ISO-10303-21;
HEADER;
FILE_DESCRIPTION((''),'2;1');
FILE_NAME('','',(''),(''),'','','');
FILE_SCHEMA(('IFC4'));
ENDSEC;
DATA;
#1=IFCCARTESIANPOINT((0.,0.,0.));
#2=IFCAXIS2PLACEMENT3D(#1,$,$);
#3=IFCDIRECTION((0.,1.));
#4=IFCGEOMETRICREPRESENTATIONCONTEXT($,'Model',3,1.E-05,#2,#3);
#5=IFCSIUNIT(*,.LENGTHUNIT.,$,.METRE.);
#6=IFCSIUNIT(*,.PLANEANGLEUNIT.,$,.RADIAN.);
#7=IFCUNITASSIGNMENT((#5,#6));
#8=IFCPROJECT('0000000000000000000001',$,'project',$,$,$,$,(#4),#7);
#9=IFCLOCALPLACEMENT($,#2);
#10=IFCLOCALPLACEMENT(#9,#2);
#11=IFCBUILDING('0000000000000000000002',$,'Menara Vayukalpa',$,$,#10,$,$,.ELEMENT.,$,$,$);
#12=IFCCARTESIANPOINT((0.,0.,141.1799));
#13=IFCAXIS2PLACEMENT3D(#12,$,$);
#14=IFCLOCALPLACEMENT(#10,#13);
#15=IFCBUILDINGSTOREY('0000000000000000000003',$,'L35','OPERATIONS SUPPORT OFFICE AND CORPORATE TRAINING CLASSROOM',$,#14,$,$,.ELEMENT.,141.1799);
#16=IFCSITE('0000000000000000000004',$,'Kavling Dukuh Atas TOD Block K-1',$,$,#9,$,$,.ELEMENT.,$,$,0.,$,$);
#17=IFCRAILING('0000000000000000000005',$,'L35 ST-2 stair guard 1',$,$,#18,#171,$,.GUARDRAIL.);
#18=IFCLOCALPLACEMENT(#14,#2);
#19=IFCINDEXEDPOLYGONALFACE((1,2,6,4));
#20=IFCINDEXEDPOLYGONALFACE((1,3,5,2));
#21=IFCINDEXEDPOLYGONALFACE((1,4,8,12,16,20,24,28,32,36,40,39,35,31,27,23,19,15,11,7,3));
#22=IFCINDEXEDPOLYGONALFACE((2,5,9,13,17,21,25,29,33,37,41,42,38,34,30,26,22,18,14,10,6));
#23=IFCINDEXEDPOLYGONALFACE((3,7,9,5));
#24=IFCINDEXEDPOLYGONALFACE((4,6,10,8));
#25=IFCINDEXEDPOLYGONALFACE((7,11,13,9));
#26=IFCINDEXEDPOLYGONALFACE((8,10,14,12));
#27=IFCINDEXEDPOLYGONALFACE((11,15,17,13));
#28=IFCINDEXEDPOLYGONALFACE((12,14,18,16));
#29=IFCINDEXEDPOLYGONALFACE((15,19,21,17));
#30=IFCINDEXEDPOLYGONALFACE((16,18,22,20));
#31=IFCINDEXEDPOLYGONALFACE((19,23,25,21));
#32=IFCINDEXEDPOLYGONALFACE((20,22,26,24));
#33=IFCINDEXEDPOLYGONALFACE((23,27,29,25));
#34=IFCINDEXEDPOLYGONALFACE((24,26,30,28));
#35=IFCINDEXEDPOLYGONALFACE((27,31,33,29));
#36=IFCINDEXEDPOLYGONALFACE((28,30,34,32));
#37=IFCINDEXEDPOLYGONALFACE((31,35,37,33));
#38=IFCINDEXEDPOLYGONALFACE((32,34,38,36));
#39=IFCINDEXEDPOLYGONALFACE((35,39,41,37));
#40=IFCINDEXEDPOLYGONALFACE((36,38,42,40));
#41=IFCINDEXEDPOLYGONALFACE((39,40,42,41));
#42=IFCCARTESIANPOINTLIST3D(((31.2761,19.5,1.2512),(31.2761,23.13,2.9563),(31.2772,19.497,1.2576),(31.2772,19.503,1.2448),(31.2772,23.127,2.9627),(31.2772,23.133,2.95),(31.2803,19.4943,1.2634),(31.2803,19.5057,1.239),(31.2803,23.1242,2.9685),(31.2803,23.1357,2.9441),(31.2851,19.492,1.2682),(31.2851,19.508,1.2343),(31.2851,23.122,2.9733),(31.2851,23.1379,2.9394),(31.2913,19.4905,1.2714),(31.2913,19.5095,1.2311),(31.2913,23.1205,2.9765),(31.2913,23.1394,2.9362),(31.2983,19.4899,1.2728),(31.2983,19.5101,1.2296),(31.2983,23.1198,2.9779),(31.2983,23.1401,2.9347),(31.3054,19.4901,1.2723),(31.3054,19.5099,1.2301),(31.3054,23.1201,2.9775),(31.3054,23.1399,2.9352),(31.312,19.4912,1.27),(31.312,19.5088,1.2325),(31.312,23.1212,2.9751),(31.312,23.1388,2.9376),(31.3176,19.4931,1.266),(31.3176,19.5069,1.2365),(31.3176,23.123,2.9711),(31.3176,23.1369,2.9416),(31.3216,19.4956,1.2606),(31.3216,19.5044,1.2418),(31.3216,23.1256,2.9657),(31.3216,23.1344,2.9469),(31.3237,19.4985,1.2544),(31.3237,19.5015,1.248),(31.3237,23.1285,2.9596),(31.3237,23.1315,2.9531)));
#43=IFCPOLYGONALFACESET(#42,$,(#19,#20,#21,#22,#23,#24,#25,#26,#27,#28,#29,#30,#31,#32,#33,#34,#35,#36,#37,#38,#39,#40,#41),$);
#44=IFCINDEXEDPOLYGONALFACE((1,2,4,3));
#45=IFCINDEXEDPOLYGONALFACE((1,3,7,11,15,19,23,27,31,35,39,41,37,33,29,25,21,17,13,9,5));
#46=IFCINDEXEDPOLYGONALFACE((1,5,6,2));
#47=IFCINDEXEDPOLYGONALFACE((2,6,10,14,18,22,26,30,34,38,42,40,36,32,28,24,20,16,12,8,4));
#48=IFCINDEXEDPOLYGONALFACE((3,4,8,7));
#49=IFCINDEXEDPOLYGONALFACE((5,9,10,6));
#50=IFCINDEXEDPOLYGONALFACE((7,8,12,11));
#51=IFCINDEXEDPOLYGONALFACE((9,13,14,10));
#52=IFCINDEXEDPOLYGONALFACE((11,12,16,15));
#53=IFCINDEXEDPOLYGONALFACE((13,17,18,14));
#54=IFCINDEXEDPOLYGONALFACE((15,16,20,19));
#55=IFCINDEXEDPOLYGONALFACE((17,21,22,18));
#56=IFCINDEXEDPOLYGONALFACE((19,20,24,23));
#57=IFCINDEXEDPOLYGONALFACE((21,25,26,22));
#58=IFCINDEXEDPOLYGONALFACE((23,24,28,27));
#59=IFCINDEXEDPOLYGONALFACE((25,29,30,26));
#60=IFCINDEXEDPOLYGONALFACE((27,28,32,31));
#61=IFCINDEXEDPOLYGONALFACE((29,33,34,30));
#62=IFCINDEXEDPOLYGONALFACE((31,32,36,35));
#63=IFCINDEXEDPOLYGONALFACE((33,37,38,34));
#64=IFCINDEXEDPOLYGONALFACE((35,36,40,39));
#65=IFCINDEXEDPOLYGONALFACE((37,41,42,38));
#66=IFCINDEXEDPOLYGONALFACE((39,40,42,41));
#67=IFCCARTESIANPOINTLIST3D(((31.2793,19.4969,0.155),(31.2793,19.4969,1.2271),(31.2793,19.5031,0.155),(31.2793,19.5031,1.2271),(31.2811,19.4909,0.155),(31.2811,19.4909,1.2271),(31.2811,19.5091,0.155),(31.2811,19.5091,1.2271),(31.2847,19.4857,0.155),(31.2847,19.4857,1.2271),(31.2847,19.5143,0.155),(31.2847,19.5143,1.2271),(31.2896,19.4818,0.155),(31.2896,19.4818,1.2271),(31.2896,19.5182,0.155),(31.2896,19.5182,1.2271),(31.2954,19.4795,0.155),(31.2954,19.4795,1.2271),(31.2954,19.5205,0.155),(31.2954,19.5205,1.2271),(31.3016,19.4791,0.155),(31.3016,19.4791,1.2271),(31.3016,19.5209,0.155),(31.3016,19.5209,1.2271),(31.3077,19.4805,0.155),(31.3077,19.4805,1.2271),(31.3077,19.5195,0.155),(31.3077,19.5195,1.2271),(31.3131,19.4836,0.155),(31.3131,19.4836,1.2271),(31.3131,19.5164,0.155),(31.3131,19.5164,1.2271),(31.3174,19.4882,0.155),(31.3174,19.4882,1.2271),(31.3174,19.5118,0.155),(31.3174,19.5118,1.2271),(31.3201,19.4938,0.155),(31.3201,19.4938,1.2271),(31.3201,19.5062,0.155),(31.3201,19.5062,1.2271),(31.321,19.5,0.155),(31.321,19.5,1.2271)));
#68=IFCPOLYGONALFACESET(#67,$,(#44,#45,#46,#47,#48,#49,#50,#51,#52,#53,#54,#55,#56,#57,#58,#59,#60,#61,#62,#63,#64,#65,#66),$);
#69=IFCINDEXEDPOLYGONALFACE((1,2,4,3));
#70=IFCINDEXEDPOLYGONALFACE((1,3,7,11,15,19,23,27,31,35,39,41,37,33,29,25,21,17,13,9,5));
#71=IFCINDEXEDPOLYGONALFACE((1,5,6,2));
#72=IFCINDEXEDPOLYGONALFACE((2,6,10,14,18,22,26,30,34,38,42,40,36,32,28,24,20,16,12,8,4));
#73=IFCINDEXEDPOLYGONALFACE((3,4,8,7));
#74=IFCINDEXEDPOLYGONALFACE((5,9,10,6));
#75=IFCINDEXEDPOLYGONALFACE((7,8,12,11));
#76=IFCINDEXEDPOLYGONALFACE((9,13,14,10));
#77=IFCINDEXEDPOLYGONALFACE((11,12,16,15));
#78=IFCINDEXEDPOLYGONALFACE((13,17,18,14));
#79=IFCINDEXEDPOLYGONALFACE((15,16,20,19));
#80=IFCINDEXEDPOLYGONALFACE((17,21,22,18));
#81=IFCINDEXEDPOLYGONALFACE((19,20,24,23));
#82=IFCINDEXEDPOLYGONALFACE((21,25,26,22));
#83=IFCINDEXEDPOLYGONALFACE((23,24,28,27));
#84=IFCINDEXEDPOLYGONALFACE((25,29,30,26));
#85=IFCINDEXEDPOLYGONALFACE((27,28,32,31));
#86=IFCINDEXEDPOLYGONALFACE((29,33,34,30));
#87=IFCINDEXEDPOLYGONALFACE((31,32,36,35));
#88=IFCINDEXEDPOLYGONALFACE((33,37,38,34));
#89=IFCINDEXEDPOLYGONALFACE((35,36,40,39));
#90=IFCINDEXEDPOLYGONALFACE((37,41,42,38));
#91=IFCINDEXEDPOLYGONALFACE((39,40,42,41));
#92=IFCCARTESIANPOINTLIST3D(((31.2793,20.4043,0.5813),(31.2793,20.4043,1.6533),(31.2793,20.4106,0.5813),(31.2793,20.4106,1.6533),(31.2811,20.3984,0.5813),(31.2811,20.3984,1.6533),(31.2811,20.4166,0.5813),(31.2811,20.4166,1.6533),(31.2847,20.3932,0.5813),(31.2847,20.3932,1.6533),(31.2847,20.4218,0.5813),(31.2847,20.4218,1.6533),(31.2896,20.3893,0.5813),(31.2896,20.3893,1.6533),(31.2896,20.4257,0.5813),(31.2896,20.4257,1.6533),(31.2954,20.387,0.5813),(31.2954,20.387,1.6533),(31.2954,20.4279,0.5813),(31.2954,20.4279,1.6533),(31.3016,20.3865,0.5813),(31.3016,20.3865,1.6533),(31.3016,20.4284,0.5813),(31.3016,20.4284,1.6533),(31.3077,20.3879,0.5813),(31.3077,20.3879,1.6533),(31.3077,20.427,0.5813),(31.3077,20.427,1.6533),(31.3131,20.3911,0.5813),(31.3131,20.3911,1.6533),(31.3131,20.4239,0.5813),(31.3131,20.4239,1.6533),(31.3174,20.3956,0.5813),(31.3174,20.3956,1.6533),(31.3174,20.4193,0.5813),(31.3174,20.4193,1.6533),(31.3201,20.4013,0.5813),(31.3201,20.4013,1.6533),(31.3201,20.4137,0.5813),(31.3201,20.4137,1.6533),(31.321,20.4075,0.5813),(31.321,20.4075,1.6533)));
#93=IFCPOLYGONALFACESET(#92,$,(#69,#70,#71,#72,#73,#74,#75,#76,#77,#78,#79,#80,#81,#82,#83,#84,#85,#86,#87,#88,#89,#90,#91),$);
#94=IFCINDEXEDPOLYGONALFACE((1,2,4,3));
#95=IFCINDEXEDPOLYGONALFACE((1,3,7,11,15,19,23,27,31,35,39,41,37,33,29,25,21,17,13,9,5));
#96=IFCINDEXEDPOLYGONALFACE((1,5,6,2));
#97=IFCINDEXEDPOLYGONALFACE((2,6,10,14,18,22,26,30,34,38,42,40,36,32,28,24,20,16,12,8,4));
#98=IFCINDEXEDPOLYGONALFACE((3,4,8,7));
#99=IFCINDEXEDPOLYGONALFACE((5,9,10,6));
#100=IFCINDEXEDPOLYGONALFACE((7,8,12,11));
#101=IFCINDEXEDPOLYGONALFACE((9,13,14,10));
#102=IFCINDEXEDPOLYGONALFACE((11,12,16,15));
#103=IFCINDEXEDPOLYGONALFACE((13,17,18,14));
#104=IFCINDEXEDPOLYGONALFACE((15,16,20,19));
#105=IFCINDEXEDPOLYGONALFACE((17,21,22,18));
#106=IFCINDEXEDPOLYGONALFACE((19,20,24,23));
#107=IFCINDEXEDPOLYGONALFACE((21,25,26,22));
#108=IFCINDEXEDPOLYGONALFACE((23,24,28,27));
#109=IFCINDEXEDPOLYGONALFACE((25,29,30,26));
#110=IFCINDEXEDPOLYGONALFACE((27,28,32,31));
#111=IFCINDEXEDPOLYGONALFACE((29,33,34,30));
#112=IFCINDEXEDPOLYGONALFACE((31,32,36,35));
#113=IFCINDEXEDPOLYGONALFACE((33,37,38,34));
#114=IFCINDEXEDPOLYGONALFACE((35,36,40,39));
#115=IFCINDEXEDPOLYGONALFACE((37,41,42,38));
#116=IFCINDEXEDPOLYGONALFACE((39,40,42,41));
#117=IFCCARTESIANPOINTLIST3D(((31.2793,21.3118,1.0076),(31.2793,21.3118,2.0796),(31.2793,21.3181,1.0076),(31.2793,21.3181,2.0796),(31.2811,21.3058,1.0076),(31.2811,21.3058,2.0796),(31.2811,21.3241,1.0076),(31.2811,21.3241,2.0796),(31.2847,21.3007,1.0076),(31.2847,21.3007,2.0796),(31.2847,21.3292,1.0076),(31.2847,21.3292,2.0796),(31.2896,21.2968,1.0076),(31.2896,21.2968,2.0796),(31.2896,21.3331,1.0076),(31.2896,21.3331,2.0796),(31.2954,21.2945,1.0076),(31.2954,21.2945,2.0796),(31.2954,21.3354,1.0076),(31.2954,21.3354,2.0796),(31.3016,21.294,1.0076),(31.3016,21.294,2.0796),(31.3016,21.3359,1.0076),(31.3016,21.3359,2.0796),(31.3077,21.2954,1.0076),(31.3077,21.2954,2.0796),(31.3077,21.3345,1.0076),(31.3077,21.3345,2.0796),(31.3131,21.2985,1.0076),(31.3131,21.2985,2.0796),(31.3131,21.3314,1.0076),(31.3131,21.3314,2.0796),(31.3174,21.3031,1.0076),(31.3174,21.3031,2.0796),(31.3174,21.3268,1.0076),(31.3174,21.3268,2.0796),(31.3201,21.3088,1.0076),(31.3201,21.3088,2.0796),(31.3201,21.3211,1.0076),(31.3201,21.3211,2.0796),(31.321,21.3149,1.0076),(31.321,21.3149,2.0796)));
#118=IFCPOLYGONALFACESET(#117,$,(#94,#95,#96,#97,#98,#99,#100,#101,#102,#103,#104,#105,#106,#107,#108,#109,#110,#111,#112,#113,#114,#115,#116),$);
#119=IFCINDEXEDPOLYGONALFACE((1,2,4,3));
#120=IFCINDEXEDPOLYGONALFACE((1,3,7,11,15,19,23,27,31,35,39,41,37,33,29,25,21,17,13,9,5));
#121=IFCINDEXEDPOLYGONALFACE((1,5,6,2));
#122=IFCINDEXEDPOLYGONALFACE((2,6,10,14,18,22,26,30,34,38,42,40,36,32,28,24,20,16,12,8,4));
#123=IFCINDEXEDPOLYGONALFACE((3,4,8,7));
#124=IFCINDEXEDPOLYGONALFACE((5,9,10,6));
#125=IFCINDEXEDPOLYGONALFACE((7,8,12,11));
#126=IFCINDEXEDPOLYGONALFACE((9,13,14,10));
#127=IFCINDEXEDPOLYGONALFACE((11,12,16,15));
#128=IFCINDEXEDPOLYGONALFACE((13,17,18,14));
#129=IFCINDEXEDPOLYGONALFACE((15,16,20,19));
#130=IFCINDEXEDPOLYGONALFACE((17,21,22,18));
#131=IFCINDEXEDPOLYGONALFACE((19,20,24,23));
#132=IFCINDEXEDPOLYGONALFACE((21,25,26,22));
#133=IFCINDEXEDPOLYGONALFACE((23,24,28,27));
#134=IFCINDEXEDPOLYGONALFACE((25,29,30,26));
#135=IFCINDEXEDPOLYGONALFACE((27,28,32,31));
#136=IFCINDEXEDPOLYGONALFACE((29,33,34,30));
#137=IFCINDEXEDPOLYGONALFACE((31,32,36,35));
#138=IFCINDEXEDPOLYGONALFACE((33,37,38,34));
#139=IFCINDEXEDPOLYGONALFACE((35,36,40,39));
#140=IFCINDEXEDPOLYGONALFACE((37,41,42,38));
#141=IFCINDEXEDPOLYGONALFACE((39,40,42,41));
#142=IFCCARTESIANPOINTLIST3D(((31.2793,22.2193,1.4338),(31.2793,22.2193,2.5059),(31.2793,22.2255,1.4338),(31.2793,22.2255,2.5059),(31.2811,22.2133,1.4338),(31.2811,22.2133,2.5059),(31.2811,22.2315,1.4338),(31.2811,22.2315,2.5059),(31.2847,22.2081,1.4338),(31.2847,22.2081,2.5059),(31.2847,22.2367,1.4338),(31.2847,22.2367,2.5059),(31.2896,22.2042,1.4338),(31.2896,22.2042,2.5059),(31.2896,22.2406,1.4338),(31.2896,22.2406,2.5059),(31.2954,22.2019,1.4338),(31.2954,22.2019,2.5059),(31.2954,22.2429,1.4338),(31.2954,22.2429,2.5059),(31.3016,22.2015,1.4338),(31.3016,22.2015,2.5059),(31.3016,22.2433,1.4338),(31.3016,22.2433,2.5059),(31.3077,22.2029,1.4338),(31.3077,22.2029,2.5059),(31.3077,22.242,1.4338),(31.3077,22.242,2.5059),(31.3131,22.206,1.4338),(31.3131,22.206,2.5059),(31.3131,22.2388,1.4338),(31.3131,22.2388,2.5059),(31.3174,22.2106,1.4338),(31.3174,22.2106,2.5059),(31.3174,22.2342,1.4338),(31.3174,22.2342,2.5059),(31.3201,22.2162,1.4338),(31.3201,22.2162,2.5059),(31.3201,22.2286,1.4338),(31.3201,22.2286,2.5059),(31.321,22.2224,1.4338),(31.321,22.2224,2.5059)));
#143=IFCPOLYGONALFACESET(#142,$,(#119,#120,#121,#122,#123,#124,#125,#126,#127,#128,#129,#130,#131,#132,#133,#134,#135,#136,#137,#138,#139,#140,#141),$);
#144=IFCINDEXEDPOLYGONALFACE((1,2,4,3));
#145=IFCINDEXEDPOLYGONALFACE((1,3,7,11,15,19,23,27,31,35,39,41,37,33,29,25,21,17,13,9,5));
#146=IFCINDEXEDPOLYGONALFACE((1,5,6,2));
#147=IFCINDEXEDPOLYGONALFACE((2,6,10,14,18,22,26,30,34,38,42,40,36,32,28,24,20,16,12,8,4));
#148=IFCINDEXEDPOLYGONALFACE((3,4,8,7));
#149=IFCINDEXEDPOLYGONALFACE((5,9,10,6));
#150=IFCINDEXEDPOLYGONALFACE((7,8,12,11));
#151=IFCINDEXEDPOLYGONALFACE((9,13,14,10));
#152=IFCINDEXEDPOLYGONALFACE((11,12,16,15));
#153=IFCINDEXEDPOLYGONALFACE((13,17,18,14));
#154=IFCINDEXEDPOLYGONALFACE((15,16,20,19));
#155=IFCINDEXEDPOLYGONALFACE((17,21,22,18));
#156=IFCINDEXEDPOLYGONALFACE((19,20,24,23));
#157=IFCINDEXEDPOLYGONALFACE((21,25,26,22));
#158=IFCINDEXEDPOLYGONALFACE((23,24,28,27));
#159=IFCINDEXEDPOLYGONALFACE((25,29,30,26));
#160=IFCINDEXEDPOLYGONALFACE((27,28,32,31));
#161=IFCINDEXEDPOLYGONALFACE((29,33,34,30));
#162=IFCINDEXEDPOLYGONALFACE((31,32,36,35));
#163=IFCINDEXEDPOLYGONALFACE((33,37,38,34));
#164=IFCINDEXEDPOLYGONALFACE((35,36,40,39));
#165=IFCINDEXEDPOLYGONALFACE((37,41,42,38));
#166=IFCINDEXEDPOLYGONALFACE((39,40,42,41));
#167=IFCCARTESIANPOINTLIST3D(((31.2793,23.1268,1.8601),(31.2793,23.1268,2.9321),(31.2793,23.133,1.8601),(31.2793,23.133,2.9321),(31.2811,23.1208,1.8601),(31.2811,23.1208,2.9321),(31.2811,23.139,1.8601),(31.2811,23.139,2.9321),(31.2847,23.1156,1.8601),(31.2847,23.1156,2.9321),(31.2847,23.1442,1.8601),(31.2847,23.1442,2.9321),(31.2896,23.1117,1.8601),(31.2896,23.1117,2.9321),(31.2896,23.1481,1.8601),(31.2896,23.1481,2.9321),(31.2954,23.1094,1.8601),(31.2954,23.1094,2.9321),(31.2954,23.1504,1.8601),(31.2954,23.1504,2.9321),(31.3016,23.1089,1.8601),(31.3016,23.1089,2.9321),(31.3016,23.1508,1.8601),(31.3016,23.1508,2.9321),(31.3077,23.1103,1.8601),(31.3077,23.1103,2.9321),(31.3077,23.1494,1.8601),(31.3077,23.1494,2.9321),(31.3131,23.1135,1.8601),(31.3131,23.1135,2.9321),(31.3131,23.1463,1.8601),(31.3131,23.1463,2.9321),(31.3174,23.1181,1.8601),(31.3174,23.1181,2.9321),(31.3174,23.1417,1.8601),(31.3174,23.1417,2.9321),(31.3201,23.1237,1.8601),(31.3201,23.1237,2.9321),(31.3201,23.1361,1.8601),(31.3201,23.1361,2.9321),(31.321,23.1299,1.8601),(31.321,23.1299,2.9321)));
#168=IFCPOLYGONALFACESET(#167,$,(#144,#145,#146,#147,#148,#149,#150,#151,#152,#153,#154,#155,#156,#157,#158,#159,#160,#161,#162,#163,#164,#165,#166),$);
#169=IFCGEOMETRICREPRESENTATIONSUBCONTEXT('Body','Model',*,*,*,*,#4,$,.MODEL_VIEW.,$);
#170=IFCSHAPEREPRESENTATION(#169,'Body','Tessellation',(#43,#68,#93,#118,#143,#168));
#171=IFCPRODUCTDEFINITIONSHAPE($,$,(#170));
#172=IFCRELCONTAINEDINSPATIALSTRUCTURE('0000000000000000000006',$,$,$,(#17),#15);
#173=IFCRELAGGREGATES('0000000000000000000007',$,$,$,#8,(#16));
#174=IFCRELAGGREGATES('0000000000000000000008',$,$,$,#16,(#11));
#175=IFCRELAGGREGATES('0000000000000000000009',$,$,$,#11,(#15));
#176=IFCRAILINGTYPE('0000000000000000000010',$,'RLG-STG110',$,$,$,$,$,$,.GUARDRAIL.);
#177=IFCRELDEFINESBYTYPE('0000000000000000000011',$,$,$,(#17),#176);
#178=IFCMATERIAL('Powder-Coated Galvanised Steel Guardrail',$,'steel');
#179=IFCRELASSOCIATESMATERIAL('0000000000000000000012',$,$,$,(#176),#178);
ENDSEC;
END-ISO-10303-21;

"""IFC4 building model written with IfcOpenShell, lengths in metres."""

from ifc_helpers import new_model, si_unit, direction, frame, origin, origin_2d, place, context, subcontext, project, spatial, circle, extrude, material, type_object, element, save


model = new_model("IFC4")

# Units and contexts
model_context = context("Model", 3, precision=1e-05, world=origin(), true_north=direction((0.0, 1.0)))
body_context = subcontext(model_context, "Body", "Model", "MODEL_VIEW")
ifc_project = project(units=[si_unit("LENGTHUNIT", "METRE"), si_unit("PLANEANGLEUNIT", "RADIAN")], contexts=[model_context])

# Site, building, storey
site_placement = place(None, origin())
site = spatial("IfcSite", under=ifc_project, at=site_placement, Name="Kavling Dukuh Atas TOD Block K-1", CompositionType="ELEMENT", RefElevation=0.0)
building_placement = place(site_placement, origin())
building = spatial("IfcBuilding", under=site, at=building_placement, Name="Menara Vayukalpa", CompositionType="ELEMENT")
storey_placement = place(building_placement, frame((0.0, 0.0, 141.1799)))
storey = spatial("IfcBuildingStorey", under=building, at=storey_placement, Name="L35", Description="OPERATIONS SUPPORT OFFICE AND CORPORATE TRAINING CLASSROOM", CompositionType="ELEMENT", Elevation=141.1799)

# Railing
ifc_material_1 = material(Name="Powder-Coated Galvanised Steel Guardrail", Category="steel")
railing_type_1 = type_object("IfcRailingType", Name="RLG-STG110", PredefinedType="GUARDRAIL", material=ifc_material_1)
railing_1_placement = place(storey_placement, frame((31.3, 19.5, 0.155)))
element("IfcRailing", 1, at=railing_1_placement, inside=storey, type_object=railing_type_1, Name="L35 ST-2 stair guard 1", PredefinedType="GUARDRAIL", context=body_context, shape_type="SweptSolid", body=[
    extrude(circle(Radius=0.0239, at=origin_2d()), frame((0.0, 0.0, 1.0962), z_axis=(0.0, 0.905116, 0.425164), x_axis=(-1.0, 0.0, 0.0)), (0.0, 0.0, 1.0), 4.0105),
    extrude(circle(Radius=0.021, at=origin_2d()), origin(), (0.0, 0.0, 1.0), 1.072),
    extrude(circle(Radius=0.021, at=origin_2d()), frame((0.0, 0.9075, 0.4263)), (0.0, 0.0, 1.0), 1.072),
    extrude(circle(Radius=0.021, at=origin_2d()), frame((0.0, 1.8149, 0.8525)), (0.0, 0.0, 1.0), 1.072),
    extrude(circle(Radius=0.021, at=origin_2d()), frame((0.0, 2.7224, 1.2788)), (0.0, 0.0, 1.0), 1.072),
    extrude(circle(Radius=0.021, at=origin_2d()), frame((0.0, 3.6299, 1.7051)), (0.0, 0.0, 1.0), 1.072),
])

save(model, "model.ifc")
